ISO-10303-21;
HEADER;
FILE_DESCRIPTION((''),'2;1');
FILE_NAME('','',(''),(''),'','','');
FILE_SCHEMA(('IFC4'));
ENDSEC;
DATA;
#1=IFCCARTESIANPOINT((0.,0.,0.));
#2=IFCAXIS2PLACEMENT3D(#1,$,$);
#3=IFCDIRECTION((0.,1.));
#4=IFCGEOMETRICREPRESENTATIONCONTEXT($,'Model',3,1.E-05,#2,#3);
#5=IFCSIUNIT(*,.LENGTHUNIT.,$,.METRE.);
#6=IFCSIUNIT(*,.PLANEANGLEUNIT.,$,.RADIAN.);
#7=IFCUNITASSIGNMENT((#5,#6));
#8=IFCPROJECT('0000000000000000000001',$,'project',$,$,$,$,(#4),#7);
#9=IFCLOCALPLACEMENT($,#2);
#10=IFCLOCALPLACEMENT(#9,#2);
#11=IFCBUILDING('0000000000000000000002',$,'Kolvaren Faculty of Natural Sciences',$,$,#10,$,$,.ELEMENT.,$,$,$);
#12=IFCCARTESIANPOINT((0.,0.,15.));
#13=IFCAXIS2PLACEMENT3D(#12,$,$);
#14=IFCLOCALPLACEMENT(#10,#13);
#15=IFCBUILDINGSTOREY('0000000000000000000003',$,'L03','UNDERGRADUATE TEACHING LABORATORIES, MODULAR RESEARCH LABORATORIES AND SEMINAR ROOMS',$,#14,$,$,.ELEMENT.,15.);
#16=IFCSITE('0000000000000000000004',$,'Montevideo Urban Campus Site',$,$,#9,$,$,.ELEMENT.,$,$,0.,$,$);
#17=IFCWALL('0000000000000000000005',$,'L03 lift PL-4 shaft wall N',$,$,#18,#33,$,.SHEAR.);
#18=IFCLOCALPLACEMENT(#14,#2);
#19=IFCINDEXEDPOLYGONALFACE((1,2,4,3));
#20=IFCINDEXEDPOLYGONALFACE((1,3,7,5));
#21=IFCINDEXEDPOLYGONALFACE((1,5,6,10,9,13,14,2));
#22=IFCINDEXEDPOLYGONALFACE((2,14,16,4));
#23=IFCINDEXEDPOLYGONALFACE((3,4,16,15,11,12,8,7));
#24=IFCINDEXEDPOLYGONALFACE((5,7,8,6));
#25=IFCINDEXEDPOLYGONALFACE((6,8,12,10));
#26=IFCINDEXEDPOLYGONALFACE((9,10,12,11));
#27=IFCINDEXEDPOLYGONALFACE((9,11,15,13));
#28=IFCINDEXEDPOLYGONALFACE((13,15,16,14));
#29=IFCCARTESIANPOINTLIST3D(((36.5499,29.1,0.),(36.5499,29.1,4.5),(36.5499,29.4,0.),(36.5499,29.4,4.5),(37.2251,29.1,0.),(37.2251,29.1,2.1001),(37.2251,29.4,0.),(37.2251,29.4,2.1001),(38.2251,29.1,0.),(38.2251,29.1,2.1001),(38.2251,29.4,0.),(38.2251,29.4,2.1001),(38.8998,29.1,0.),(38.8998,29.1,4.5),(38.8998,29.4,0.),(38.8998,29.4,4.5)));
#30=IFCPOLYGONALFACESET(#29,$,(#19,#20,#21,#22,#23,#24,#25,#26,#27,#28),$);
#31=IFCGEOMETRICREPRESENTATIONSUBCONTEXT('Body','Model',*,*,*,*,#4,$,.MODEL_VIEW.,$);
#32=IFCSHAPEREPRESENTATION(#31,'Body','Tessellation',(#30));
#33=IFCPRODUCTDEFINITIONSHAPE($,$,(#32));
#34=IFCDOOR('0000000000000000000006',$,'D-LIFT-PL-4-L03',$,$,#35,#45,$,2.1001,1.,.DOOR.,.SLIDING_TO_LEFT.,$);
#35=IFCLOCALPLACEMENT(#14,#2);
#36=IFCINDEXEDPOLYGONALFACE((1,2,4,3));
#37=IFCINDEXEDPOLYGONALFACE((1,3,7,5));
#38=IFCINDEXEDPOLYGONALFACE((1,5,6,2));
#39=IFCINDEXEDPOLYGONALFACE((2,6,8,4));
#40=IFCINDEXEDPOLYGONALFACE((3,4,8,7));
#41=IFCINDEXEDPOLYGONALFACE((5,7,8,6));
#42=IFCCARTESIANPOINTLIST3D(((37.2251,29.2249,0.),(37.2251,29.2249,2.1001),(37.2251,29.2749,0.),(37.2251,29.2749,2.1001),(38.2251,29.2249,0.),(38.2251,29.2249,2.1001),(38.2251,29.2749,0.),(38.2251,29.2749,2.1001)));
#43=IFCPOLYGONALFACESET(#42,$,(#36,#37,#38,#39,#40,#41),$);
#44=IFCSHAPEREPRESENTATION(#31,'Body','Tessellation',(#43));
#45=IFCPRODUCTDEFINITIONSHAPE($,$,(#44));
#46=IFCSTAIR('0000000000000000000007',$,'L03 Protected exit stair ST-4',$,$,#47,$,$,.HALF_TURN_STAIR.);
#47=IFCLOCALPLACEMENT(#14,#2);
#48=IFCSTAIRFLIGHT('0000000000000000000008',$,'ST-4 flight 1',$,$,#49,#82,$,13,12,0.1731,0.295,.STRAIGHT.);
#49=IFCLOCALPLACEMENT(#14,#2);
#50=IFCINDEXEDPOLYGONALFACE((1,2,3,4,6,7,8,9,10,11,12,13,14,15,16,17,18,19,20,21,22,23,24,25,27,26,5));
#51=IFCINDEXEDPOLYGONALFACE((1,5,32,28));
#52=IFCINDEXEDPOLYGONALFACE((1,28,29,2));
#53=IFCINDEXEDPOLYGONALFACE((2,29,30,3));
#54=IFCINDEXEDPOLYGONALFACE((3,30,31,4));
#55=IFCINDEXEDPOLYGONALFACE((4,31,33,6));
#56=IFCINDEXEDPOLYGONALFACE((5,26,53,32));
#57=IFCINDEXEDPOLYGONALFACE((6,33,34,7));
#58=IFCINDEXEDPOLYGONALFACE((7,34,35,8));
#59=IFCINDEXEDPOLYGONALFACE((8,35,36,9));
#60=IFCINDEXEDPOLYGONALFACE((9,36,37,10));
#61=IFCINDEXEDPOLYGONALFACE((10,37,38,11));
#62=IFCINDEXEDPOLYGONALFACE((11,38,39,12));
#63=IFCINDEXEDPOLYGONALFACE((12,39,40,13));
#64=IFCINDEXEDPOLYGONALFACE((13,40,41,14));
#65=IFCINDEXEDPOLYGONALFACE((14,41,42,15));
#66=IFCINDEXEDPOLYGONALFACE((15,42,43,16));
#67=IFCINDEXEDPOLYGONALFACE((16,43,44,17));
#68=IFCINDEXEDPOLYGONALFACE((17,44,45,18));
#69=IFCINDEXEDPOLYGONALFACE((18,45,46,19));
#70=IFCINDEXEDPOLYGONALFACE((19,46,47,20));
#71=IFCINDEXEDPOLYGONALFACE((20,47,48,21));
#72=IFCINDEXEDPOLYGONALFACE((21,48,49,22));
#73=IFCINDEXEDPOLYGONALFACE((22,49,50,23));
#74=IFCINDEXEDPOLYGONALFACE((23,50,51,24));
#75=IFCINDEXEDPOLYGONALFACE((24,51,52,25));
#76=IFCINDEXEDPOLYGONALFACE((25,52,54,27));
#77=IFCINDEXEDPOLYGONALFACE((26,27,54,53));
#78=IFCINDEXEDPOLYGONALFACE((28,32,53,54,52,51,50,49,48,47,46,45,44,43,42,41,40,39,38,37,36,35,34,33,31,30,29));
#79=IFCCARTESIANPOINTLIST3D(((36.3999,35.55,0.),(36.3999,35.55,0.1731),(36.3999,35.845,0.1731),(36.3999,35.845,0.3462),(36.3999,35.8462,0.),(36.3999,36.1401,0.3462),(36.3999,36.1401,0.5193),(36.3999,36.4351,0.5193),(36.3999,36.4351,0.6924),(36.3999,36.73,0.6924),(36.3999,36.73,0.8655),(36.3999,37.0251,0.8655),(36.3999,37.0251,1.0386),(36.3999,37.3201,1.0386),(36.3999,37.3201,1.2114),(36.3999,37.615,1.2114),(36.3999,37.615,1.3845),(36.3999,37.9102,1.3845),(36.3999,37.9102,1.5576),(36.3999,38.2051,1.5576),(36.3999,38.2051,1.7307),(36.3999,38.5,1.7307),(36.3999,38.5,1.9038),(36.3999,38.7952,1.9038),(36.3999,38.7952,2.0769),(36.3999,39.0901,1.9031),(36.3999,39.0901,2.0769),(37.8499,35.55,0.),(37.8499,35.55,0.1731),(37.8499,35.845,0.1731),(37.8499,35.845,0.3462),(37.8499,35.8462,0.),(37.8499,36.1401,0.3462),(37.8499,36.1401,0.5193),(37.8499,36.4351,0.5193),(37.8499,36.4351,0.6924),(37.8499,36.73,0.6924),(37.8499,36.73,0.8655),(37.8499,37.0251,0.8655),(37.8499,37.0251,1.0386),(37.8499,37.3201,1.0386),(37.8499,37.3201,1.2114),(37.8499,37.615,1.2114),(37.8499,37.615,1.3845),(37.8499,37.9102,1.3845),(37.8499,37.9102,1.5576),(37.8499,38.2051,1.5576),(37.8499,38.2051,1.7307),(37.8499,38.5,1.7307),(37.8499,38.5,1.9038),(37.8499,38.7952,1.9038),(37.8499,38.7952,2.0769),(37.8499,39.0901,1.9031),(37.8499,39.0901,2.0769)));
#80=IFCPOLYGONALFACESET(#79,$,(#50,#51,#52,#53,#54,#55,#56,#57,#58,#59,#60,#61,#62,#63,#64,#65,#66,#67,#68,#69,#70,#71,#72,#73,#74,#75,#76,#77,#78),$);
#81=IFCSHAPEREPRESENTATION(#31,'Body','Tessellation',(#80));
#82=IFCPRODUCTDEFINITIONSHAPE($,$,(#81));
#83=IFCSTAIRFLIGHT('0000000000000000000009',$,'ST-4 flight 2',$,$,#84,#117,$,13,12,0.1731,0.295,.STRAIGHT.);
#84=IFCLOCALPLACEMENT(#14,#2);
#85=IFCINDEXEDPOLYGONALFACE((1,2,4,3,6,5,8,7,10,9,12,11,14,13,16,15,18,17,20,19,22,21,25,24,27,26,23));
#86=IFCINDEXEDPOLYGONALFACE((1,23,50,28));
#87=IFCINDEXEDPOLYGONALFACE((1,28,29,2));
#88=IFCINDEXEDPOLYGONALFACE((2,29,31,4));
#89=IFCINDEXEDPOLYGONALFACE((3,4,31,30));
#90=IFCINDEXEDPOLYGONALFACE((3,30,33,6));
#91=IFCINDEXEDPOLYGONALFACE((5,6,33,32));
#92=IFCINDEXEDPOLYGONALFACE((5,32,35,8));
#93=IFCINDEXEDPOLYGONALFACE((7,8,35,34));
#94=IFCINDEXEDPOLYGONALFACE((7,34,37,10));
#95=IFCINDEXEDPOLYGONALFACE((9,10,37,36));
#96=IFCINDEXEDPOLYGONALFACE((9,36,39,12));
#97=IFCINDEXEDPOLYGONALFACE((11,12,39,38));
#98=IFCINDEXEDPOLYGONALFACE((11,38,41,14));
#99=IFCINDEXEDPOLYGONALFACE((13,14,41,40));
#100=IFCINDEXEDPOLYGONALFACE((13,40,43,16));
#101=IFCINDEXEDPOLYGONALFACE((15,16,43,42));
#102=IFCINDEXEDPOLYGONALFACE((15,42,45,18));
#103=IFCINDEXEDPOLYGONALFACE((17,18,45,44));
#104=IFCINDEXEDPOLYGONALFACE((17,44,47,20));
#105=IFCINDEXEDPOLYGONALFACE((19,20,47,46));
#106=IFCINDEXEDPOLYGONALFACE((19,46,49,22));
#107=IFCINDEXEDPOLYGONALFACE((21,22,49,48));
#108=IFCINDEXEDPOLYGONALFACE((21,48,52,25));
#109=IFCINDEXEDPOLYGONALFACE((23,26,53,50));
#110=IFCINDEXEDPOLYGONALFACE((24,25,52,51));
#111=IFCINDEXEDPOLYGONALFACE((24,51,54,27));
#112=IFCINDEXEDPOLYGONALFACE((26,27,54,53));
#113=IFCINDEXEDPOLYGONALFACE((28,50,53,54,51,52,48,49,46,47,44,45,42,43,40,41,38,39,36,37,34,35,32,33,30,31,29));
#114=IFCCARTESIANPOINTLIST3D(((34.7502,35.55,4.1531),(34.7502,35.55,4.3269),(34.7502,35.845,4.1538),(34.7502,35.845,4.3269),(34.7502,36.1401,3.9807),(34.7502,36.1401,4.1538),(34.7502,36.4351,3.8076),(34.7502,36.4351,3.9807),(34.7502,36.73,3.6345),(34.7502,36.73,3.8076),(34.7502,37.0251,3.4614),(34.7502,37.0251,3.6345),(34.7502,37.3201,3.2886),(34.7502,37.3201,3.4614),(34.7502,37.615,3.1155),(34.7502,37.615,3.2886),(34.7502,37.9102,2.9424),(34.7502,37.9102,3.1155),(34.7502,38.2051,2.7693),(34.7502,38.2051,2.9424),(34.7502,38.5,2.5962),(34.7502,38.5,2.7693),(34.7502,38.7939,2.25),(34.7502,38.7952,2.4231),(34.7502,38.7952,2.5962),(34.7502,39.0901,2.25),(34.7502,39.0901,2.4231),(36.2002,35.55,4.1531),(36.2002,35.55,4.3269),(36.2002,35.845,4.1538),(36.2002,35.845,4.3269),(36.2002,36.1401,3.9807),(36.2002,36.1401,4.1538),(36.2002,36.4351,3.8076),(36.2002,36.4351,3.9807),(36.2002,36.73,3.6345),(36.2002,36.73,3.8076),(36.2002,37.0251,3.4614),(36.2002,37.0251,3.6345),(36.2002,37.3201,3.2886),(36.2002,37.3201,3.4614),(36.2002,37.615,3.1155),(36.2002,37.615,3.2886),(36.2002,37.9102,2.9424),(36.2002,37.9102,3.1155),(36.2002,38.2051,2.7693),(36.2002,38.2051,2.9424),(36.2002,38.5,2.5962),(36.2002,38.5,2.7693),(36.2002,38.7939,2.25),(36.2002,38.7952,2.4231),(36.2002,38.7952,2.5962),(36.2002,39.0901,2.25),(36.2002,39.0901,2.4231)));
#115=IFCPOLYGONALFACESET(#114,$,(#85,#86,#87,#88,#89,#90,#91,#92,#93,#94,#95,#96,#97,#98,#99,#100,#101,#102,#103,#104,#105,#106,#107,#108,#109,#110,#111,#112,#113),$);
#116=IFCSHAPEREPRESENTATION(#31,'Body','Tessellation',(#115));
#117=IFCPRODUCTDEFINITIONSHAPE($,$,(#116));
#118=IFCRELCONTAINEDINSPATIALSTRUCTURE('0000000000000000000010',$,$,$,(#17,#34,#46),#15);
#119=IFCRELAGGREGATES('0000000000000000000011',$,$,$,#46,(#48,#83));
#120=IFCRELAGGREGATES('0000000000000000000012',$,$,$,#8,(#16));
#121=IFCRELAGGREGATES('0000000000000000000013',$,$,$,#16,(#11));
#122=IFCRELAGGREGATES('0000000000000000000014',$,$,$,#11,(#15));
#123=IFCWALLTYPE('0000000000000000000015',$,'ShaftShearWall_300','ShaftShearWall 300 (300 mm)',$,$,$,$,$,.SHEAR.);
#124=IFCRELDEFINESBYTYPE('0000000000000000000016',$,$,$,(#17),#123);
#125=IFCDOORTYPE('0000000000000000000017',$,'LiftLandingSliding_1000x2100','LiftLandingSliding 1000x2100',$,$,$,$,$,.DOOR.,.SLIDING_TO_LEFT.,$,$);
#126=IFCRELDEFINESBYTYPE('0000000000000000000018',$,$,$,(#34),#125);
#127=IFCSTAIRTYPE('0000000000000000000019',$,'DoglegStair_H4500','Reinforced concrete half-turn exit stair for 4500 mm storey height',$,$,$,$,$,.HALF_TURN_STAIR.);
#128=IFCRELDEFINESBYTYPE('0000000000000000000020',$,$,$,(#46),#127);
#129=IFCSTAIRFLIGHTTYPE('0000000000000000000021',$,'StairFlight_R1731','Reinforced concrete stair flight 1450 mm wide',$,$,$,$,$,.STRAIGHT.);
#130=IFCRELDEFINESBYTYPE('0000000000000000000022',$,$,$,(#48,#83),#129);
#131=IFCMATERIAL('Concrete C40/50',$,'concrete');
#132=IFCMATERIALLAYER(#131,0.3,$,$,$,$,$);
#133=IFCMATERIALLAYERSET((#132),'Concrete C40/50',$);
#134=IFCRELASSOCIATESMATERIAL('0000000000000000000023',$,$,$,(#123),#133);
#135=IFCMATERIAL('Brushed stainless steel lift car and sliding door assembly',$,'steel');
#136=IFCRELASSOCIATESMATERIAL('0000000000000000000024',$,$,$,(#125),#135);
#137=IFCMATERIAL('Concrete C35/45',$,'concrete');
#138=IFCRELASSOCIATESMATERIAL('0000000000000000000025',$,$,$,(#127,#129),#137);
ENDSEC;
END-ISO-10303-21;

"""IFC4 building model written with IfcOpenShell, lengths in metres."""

from ifc_helpers import new_model, si_unit, direction, frame, frame_2d, origin, place, context, subcontext, project, spatial, polyline, rectangle, outline, extrude, material, layer, layer_set, type_object, element, fill, aggregate, save


model = new_model("IFC4")

# Units and contexts
model_context = context("Model", 3, precision=1e-05, world=origin(), true_north=direction((0.0, 1.0)))
body_context = subcontext(model_context, "Body", "Model", "MODEL_VIEW")
ifc_project = project(units=[si_unit("LENGTHUNIT", "METRE"), si_unit("PLANEANGLEUNIT", "RADIAN")], contexts=[model_context])

# Site, building, storey
site_placement = place(None, origin())
site = spatial("IfcSite", under=ifc_project, at=site_placement, Name="Montevideo Urban Campus Site", CompositionType="ELEMENT", RefElevation=0.0)
building_placement = place(site_placement, origin())
building = spatial("IfcBuilding", under=site, at=building_placement, Name="Kolvaren Faculty of Natural Sciences", CompositionType="ELEMENT")
storey_placement = place(building_placement, frame((0.0, 0.0, 15.0)))
storey = spatial("IfcBuildingStorey", under=building, at=storey_placement, Name="L03", Description="UNDERGRADUATE TEACHING LABORATORIES, MODULAR RESEARCH LABORATORIES AND SEMINAR ROOMS", CompositionType="ELEMENT", Elevation=15.0)

# Shared definitions
ifc_material_1 = material(Name="Concrete C40/50", Category="concrete")

# Wall, opening, door
ifc_layer_1 = layer(ifc_material_1, 0.3)
ifc_layer_set_1 = layer_set([ifc_layer_1], Name="Concrete C40/50")
wall_type_1 = type_object("IfcWallType", Name="ShaftShearWall_300", Description="ShaftShearWall 300 (300 mm)", PredefinedType="SHEAR", material=ifc_layer_set_1)
wall_1_placement = place(storey_placement, frame((36.55, 29.25, 0.0), z_axis=(0.0, 0.0, 1.0), x_axis=(1.0, 0.0, 0.0)))
wall_1 = element("IfcWall", 1, at=wall_1_placement, inside=storey, type_object=wall_type_1, Name="L03 lift PL-4 shaft wall N", PredefinedType="SHEAR", context=body_context, shape_type="SweptSolid", body=[
    extrude(rectangle(XDim=2.3499, YDim=0.3, at=frame_2d((1.1748, 0.0))), origin(), (0.0, 0.0, 1.0), 4.5),
])
opening_placement = place(wall_1_placement, frame((0.675, 0.0, 0.0)))
opening = element("IfcOpeningElement", 2, at=opening_placement, cuts=wall_1, PredefinedType="OPENING", context=body_context, shape_type="SweptSolid", body=[
    extrude(rectangle(XDim=1.0, YDim=2.1001, at=frame_2d((0.5, 1.05))), frame((0.0, 0.1599, 0.0), z_axis=(0.0, -1.0, 0.0), x_axis=(1.0, 0.0, 0.0)), (0.0, 0.0, 1.0), 0.3201),
])
ifc_material_2 = material(Name="Brushed stainless steel lift car and sliding door assembly", Category="steel")
door_type = type_object("IfcDoorType", Name="LiftLandingSliding_1000x2100", Description="LiftLandingSliding 1000x2100", OperationType="SLIDING_TO_LEFT", PredefinedType="DOOR", material=ifc_material_2)
door_placement = place(opening_placement, origin())
door = element("IfcDoor", 3, at=door_placement, inside=storey, type_object=door_type, Name="D-LIFT-PL-4-L03", OperationType="SLIDING_TO_LEFT", OverallHeight=2.1001, OverallWidth=1.0, PredefinedType="DOOR", context=body_context, shape_type="SweptSolid", body=[
    extrude(rectangle(XDim=1.0, YDim=2.1001, at=frame_2d((0.5, 1.05))), frame((0.0, 0.0249, 0.0), z_axis=(0.0, -1.0, 0.0), x_axis=(1.0, 0.0, 0.0)), (0.0, 0.0, 1.0), 0.05),
])
fill(opening, door)

# Stair, stair flights
ifc_material_3 = material(Name="Concrete C35/45", Category="concrete")
stair_type = type_object("IfcStairType", Name="DoglegStair_H4500", Description="Reinforced concrete half-turn exit stair for 4500 mm storey height", PredefinedType="HALF_TURN_STAIR", material=ifc_material_3)
stair_placement = place(storey_placement, origin())
stair = element("IfcStair", 4, at=stair_placement, inside=storey, type_object=stair_type, Name="L03 Protected exit stair ST-4", PredefinedType="HALF_TURN_STAIR")
stair_flight_type = type_object("IfcStairFlightType", Name="StairFlight_R1731", Description="Reinforced concrete stair flight 1450 mm wide", PredefinedType="STRAIGHT", material=ifc_material_3)
stair_flight_1_placement = place(storey_placement, frame((37.125, 35.55, 0.0), z_axis=(0.0, 0.0, 1.0), x_axis=(0.0, 1.0, 0.0)))
stair_flight_1 = element("IfcStairFlight", 5, at=stair_flight_1_placement, type_object=stair_flight_type, Name="ST-4 flight 1", NumberOfRisers=13, NumberOfTreads=12, PredefinedType="STRAIGHT", RiserHeight=0.1731, TreadLength=0.295, context=body_context, shape_type="SweptSolid", body=[
    extrude(outline(polyline([(0.0, 0.0), (0.0, 0.1731), (0.2949, 0.1731), (0.2949, 0.3462), (0.5901, 0.3462), (0.5901, 0.5193), (0.885, 0.5193), (0.885, 0.6924), (1.1799, 0.6924), (1.1799, 0.8655), (1.4751, 0.8655), (1.4751, 1.0386), (1.77, 1.0386), (1.77, 1.2114), (2.0649, 1.2114), (2.0649, 1.3845), (2.3601, 1.3845), (2.3601, 1.5576), (2.655, 1.5576), (2.655, 1.7307), (2.95, 1.7307), (2.95, 1.9038), (3.2451, 1.9038), (3.2451, 2.0769), (3.54, 2.0769), (3.54, 2.25), (3.54, 1.9031), (0.2961, 0.0), (0.0, 0.0)])), frame((0.0, 0.7251, 0.0), z_axis=(0.0, -1.0, 0.0), x_axis=(1.0, 0.0, 0.0)), (0.0, 0.0, 1.0), 1.45),
])
stair_flight_2_placement = place(storey_placement, frame((35.4751, 39.0901, 2.25), z_axis=(0.0, 0.0, 1.0), x_axis=(0.0, -1.0, 0.0)))
stair_flight_2 = element("IfcStairFlight", 6, at=stair_flight_2_placement, type_object=stair_flight_type, Name="ST-4 flight 2", NumberOfRisers=13, NumberOfTreads=12, PredefinedType="STRAIGHT", RiserHeight=0.1731, TreadLength=0.295, context=body_context, shape_type="SweptSolid", body=[
    extrude(outline(polyline([(0.0, 0.0), (0.0, 0.1731), (0.2949, 0.1731), (0.2949, 0.3462), (0.5901, 0.3462), (0.5901, 0.5193), (0.885, 0.5193), (0.885, 0.6924), (1.1799, 0.6924), (1.1799, 0.8655), (1.4751, 0.8655), (1.4751, 1.0386), (1.77, 1.0386), (1.77, 1.2114), (2.0649, 1.2114), (2.0649, 1.3845), (2.3601, 1.3845), (2.3601, 1.5576), (2.655, 1.5576), (2.655, 1.7307), (2.95, 1.7307), (2.95, 1.9038), (3.2451, 1.9038), (3.2451, 2.0769), (3.54, 2.0769), (3.54, 2.25), (3.54, 1.9031), (0.2961, 0.0), (0.0, 0.0)])), frame((0.0, 0.7251, 0.0), z_axis=(0.0, -1.0, 0.0), x_axis=(1.0, 0.0, 0.0)), (0.0, 0.0, 1.0), 1.45),
])
aggregate(stair, [stair_flight_1, stair_flight_2])

save(model, "model.ifc")
